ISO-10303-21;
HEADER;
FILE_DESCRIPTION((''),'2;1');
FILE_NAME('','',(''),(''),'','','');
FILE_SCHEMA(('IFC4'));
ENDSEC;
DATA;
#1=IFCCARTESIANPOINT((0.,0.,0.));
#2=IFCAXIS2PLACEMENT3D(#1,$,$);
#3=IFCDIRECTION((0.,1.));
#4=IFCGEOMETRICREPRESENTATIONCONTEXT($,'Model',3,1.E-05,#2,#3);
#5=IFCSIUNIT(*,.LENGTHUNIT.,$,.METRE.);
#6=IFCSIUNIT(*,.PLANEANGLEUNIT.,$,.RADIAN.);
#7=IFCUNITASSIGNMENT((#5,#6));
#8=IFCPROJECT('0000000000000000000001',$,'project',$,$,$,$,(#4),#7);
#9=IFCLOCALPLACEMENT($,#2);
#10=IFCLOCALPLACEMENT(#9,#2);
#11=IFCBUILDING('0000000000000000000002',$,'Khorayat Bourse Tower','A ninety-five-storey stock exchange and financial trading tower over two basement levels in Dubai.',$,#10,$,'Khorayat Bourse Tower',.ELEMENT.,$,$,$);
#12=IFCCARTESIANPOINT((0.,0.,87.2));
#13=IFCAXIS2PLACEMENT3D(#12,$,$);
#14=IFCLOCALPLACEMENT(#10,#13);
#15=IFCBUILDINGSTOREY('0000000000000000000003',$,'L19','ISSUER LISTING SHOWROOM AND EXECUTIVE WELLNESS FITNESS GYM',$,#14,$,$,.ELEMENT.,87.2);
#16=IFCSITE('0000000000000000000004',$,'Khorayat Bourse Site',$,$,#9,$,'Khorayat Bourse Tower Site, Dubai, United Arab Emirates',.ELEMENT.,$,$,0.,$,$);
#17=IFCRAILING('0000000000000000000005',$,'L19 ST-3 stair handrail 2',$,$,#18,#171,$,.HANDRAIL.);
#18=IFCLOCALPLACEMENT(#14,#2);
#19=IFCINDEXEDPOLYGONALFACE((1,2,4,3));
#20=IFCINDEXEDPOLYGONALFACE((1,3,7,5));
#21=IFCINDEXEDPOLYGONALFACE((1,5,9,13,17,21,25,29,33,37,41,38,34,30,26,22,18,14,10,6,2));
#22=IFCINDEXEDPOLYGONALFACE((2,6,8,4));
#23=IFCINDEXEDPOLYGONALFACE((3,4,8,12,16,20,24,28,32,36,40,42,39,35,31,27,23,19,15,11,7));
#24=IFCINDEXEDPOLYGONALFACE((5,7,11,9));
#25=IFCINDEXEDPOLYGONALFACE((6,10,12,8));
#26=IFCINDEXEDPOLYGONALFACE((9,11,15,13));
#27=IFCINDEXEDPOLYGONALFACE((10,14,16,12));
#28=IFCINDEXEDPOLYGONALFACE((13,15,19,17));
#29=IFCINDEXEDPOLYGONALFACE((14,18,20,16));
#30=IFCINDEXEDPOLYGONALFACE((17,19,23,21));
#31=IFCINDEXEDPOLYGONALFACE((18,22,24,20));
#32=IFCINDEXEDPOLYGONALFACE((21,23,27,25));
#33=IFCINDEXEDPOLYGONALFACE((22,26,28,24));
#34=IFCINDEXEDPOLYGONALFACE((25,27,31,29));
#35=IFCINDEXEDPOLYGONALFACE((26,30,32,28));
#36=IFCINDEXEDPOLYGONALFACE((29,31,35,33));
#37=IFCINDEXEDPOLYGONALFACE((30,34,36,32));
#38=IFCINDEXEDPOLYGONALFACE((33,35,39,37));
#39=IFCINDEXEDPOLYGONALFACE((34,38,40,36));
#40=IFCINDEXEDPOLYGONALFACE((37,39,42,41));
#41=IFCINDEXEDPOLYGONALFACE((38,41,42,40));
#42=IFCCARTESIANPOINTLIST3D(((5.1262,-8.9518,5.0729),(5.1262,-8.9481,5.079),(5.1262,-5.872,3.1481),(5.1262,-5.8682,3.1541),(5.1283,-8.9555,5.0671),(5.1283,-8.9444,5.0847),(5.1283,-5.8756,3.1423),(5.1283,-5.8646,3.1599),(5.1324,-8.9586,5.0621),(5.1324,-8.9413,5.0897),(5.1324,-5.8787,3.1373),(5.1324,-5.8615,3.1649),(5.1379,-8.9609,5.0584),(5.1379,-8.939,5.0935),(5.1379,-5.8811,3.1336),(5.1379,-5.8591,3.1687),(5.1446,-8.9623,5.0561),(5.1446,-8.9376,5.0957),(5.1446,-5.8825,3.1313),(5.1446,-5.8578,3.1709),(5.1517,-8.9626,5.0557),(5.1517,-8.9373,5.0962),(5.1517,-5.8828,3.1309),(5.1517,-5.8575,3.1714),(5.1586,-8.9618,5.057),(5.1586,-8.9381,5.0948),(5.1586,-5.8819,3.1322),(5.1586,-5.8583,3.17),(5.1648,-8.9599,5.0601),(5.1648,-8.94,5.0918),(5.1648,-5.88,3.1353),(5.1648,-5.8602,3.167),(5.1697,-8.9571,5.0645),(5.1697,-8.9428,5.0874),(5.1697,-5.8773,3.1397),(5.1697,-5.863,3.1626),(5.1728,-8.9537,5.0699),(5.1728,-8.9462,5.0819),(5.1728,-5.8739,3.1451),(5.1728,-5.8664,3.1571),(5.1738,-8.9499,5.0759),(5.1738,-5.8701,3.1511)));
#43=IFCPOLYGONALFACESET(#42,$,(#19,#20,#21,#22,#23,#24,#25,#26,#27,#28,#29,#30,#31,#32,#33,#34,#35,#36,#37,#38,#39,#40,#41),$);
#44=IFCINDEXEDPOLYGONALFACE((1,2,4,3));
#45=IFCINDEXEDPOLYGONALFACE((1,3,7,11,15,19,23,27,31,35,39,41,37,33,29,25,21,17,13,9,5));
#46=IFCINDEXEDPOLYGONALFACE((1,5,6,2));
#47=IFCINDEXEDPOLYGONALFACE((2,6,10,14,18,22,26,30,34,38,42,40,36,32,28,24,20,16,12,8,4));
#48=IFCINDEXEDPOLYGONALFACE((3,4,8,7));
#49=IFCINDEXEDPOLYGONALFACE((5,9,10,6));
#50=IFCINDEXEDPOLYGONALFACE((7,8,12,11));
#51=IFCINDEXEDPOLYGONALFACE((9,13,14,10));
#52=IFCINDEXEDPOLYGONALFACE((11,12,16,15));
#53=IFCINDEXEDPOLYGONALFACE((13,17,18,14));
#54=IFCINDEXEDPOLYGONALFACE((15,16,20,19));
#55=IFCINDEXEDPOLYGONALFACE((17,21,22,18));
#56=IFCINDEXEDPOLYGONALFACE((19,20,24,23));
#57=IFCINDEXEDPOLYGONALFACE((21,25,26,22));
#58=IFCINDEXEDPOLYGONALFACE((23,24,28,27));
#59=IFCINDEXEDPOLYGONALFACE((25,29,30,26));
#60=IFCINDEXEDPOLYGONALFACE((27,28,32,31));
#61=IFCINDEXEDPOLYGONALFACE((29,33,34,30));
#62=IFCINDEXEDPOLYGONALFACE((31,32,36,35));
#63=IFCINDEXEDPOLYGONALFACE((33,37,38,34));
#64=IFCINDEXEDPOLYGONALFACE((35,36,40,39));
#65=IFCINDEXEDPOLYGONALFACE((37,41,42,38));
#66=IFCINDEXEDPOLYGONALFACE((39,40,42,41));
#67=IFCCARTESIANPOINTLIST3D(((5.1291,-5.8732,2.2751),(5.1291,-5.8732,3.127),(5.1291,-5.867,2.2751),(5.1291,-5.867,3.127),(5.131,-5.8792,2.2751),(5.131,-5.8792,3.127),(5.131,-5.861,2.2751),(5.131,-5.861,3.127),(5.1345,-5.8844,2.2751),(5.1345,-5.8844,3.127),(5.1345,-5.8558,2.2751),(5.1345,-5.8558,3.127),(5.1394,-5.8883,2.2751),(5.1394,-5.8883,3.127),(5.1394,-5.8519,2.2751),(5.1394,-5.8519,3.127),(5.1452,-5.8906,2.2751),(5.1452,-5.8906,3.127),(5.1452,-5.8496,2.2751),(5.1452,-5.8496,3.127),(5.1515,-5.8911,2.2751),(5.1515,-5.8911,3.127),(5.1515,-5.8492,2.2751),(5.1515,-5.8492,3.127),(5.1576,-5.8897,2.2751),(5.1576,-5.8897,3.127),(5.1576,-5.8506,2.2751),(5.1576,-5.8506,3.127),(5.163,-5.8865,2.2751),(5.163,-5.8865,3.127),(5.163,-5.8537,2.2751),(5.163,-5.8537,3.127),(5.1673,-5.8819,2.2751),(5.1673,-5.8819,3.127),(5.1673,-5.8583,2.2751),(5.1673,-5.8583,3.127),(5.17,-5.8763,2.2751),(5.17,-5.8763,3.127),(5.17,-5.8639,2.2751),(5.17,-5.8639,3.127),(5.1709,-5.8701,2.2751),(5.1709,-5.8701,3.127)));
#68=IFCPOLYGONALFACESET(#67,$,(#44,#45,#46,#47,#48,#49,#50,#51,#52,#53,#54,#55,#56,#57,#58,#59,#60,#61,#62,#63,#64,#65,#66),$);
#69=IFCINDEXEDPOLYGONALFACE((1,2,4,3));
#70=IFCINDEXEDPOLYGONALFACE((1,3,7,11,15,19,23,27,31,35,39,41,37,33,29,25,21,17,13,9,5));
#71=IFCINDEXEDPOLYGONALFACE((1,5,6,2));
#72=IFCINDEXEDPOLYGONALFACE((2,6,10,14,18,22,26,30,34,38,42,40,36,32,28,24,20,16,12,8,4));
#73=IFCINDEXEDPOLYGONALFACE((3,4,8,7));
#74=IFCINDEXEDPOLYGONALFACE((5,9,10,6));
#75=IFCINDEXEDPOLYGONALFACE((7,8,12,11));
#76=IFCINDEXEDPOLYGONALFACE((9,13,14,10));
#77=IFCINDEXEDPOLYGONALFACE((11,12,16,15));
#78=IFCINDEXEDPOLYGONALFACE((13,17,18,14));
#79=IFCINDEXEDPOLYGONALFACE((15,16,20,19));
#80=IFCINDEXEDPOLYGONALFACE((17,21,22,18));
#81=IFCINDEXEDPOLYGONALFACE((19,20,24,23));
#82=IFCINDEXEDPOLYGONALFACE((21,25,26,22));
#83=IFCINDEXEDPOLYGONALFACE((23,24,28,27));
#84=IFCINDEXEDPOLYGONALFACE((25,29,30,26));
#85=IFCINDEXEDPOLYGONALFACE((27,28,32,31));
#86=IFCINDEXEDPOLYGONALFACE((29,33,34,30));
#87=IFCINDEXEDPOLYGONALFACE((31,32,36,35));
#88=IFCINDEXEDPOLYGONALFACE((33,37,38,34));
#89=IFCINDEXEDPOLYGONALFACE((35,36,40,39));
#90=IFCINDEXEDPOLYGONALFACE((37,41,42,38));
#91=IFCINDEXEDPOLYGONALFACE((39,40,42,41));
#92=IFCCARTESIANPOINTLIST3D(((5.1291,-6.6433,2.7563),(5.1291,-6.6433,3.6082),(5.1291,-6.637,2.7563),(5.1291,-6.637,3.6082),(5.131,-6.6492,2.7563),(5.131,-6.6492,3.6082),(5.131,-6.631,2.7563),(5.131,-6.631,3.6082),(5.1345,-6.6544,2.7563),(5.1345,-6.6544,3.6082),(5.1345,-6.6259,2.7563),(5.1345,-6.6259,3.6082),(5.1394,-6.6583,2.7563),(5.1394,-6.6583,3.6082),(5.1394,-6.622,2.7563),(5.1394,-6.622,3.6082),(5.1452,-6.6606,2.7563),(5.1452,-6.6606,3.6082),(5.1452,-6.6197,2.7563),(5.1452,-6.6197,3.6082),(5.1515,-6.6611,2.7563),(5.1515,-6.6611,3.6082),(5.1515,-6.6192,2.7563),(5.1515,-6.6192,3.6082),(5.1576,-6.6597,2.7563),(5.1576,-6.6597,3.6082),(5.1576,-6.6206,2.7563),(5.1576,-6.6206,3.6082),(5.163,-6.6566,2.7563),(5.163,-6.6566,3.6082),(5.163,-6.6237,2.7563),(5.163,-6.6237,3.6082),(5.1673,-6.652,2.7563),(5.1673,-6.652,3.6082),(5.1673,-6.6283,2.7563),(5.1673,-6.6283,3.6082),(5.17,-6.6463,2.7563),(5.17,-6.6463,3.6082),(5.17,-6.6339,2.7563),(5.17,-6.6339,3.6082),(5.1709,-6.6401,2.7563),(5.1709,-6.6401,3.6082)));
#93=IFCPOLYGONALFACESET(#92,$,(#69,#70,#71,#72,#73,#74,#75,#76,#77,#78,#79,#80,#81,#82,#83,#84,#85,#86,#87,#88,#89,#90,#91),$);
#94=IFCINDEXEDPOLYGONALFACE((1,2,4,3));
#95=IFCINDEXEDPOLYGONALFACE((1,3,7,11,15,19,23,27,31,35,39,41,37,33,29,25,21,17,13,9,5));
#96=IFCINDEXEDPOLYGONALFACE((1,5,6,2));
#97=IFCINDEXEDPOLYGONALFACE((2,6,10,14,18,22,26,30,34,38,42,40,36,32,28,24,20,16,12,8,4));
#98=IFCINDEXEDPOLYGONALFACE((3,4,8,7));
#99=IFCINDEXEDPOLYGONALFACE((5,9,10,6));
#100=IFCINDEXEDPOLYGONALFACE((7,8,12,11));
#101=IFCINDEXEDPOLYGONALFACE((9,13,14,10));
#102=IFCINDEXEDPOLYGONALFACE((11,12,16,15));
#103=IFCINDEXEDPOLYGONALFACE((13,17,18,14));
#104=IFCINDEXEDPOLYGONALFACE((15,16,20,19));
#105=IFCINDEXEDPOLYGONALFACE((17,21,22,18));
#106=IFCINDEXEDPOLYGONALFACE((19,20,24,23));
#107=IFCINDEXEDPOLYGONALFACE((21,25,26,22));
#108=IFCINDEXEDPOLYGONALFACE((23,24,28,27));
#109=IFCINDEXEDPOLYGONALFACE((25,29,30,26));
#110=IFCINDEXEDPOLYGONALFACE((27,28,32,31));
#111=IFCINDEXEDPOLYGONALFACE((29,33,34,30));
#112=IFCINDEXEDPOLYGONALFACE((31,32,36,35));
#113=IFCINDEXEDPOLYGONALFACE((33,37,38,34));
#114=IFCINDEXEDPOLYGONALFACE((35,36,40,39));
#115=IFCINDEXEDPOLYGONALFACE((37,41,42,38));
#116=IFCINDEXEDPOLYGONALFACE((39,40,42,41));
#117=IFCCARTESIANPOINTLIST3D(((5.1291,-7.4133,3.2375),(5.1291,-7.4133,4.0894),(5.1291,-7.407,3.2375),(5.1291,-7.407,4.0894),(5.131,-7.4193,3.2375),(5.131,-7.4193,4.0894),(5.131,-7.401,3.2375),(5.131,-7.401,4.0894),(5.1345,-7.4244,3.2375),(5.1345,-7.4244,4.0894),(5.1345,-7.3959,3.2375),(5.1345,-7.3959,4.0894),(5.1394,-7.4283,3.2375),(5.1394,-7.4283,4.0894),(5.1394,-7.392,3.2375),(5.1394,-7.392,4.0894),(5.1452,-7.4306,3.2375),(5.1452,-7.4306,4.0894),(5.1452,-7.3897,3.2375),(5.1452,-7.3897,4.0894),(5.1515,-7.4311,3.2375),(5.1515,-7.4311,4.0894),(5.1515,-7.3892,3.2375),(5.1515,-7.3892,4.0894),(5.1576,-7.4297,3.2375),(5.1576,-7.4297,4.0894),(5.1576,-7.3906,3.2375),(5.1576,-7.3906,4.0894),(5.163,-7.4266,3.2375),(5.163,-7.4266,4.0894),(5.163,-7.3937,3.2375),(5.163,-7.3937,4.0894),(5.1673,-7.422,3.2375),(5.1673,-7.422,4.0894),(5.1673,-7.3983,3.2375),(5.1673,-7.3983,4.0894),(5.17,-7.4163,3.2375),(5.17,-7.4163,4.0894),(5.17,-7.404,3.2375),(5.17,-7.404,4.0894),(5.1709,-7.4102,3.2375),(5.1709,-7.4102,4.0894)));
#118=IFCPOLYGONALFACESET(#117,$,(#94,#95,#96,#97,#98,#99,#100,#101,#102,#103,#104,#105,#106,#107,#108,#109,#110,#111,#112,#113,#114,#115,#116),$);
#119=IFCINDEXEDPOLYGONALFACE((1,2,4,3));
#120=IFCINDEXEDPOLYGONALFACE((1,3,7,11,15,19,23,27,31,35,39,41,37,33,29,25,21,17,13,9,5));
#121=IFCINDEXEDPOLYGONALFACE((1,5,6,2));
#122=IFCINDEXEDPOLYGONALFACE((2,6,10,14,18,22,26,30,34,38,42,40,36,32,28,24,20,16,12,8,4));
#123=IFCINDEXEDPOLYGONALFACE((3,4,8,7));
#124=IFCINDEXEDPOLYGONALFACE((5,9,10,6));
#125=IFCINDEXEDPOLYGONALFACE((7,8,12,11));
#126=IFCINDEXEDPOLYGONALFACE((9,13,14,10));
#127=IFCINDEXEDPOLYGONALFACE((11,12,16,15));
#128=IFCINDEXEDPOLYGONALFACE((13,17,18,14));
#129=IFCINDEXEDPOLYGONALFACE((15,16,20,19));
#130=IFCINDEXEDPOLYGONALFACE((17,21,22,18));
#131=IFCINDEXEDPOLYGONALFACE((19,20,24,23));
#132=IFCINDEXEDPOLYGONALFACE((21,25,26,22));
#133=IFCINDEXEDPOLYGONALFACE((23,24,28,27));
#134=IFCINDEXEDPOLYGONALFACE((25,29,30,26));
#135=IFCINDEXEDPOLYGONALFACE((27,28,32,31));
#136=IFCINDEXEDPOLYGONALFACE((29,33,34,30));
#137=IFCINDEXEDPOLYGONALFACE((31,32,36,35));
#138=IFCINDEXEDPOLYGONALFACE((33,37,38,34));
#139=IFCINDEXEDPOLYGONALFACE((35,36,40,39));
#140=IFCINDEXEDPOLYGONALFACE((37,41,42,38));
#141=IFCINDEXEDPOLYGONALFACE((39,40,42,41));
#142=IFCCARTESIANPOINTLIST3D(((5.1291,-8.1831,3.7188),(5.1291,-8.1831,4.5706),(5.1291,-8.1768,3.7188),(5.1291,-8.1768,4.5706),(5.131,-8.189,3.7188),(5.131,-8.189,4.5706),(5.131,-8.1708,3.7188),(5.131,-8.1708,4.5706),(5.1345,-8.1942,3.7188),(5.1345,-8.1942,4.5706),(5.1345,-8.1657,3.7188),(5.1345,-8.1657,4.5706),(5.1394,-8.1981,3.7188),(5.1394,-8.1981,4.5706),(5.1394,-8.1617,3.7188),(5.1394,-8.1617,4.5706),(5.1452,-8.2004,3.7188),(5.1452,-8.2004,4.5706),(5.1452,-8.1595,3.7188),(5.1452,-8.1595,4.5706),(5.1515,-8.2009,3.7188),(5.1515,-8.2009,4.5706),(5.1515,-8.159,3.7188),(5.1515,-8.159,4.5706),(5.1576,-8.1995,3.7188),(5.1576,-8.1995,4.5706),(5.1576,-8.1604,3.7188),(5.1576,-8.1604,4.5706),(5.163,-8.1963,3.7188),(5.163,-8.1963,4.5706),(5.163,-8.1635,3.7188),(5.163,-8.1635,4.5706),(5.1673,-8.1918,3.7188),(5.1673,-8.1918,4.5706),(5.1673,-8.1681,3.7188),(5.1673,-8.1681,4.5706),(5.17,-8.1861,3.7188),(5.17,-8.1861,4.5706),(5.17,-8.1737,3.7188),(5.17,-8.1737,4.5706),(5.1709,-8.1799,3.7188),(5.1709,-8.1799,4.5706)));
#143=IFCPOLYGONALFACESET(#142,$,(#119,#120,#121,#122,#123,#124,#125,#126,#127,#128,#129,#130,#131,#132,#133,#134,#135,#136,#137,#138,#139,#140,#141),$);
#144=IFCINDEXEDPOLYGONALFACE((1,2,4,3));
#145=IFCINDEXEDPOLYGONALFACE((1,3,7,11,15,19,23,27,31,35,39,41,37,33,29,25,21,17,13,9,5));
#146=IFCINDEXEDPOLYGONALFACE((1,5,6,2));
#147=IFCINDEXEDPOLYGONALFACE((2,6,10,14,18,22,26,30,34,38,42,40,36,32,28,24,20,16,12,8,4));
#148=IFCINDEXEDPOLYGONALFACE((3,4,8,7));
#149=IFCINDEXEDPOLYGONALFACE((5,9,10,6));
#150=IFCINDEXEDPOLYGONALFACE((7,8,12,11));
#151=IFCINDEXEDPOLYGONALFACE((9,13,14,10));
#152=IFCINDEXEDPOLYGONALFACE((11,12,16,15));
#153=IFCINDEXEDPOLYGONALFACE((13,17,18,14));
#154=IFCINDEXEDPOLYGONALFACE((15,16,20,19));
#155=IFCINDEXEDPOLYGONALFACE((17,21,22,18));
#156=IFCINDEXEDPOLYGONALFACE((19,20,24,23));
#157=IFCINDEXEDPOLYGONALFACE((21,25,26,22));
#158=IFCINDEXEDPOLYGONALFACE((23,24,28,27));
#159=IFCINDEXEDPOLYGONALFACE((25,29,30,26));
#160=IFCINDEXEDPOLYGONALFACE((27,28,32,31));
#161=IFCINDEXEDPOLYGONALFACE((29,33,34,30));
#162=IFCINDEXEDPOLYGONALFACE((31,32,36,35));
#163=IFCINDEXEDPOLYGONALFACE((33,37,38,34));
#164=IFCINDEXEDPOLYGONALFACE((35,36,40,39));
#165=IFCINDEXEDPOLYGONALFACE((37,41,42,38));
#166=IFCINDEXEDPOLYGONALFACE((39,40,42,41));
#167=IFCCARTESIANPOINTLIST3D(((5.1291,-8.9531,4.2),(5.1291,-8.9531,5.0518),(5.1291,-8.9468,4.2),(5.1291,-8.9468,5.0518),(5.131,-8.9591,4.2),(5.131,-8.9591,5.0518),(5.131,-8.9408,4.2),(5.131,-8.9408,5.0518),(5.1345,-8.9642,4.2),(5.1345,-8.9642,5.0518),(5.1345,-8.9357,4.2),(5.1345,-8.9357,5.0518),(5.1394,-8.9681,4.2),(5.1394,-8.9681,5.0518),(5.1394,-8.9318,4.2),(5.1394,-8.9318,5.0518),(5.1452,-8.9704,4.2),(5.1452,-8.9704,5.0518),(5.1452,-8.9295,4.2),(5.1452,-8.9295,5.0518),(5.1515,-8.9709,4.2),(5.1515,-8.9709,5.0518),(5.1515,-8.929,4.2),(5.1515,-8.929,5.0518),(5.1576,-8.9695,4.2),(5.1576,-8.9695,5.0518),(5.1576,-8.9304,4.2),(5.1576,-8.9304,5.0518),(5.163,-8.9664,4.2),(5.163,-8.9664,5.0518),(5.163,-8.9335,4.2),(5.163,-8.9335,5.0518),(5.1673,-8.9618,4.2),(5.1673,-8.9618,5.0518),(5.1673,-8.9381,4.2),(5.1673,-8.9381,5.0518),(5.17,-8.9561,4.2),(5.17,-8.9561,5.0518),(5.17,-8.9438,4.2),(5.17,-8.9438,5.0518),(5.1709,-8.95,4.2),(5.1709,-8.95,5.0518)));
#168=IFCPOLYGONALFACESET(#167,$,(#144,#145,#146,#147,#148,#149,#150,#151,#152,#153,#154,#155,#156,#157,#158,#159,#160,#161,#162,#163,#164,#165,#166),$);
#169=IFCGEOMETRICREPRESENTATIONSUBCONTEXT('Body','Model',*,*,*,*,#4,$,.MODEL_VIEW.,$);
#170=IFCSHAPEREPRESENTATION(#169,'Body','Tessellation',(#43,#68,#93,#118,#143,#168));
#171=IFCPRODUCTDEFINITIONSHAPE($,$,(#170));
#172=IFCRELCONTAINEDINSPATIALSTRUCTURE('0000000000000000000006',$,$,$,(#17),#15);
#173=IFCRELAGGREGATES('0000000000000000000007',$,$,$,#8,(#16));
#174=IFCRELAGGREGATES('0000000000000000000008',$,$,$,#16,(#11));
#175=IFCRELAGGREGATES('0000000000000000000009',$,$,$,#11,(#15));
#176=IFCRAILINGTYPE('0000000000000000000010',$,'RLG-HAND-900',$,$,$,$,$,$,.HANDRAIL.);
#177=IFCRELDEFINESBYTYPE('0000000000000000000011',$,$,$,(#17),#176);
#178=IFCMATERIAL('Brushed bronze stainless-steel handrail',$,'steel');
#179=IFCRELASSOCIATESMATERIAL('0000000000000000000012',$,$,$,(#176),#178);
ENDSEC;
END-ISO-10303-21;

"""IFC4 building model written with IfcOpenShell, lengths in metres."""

from ifc_helpers import new_model, si_unit, direction, frame, origin, origin_2d, place, context, subcontext, project, spatial, circle, extrude, source, transform, mapped, material, type_object, element, save


model = new_model("IFC4")

# Units and contexts
model_context = context("Model", 3, precision=1e-05, world=origin(), true_north=direction((0.0, 1.0)))
body_context = subcontext(model_context, "Body", "Model", "MODEL_VIEW")
ifc_project = project(units=[si_unit("LENGTHUNIT", "METRE"), si_unit("PLANEANGLEUNIT", "RADIAN")], contexts=[model_context])

# Site, building, storey
site_placement = place(None, origin())
site = spatial("IfcSite", under=ifc_project, at=site_placement, Name="Khorayat Bourse Site", LongName="Khorayat Bourse Tower Site, Dubai, United Arab Emirates", CompositionType="ELEMENT", RefElevation=0.0)
building_placement = place(site_placement, origin())
building = spatial("IfcBuilding", under=site, at=building_placement, Name="Khorayat Bourse Tower", Description="A ninety-five-storey stock exchange and financial trading tower over two basement levels in Dubai.", LongName="Khorayat Bourse Tower", CompositionType="ELEMENT")
storey_placement = place(building_placement, frame((0.0, 0.0, 87.2)))
storey = spatial("IfcBuildingStorey", under=building, at=storey_placement, Name="L19", Description="ISSUER LISTING SHOWROOM AND EXECUTIVE WELLNESS FITNESS GYM", CompositionType="ELEMENT", Elevation=87.2)

# Railing
ifc_material_1 = material(Name="Brushed bronze stainless-steel handrail", Category="steel")
railing_type_1 = type_object("IfcRailingType", Name="RLG-HAND-900", PredefinedType="HANDRAIL", material=ifc_material_1)
shared_shape_1 = source(origin(), body_context, "Body", "SweptSolid", [
    extrude(circle(Radius=0.0239, at=origin_2d()), frame((0.0, 0.0, 0.876), z_axis=(0.0, -0.84801, 0.529981), x_axis=(1.0, 0.0, 0.0)), (0.0, 0.0, 1.0), 3.6318),
    extrude(circle(Radius=0.021, at=origin_2d()), origin(), (0.0, 0.0, 1.0), 0.8518),
    extrude(circle(Radius=0.021, at=origin_2d()), frame((0.0, -0.77, 0.4812)), (0.0, 0.0, 1.0), 0.8518),
    extrude(circle(Radius=0.021, at=origin_2d()), frame((0.0, -1.54, 0.9624)), (0.0, 0.0, 1.0), 0.8518),
    extrude(circle(Radius=0.021, at=origin_2d()), frame((0.0, -2.3098, 1.4436)), (0.0, 0.0, 1.0), 0.8518),
    extrude(circle(Radius=0.021, at=origin_2d()), frame((0.0, -3.0798, 1.9248)), (0.0, 0.0, 1.0), 0.8518),
])
railing_1_placement = place(storey_placement, frame((5.1499, -5.8701, 2.2751)))
element("IfcRailing", 1, at=railing_1_placement, inside=storey, type_object=railing_type_1, Name="L19 ST-3 stair handrail 2", PredefinedType="HANDRAIL", context=body_context, shape_type="MappedRepresentation", body=[
    mapped(shared_shape_1, transform((0.0, 0.0, 0.0), scale=1.0)),
])

save(model, "model.ifc")
